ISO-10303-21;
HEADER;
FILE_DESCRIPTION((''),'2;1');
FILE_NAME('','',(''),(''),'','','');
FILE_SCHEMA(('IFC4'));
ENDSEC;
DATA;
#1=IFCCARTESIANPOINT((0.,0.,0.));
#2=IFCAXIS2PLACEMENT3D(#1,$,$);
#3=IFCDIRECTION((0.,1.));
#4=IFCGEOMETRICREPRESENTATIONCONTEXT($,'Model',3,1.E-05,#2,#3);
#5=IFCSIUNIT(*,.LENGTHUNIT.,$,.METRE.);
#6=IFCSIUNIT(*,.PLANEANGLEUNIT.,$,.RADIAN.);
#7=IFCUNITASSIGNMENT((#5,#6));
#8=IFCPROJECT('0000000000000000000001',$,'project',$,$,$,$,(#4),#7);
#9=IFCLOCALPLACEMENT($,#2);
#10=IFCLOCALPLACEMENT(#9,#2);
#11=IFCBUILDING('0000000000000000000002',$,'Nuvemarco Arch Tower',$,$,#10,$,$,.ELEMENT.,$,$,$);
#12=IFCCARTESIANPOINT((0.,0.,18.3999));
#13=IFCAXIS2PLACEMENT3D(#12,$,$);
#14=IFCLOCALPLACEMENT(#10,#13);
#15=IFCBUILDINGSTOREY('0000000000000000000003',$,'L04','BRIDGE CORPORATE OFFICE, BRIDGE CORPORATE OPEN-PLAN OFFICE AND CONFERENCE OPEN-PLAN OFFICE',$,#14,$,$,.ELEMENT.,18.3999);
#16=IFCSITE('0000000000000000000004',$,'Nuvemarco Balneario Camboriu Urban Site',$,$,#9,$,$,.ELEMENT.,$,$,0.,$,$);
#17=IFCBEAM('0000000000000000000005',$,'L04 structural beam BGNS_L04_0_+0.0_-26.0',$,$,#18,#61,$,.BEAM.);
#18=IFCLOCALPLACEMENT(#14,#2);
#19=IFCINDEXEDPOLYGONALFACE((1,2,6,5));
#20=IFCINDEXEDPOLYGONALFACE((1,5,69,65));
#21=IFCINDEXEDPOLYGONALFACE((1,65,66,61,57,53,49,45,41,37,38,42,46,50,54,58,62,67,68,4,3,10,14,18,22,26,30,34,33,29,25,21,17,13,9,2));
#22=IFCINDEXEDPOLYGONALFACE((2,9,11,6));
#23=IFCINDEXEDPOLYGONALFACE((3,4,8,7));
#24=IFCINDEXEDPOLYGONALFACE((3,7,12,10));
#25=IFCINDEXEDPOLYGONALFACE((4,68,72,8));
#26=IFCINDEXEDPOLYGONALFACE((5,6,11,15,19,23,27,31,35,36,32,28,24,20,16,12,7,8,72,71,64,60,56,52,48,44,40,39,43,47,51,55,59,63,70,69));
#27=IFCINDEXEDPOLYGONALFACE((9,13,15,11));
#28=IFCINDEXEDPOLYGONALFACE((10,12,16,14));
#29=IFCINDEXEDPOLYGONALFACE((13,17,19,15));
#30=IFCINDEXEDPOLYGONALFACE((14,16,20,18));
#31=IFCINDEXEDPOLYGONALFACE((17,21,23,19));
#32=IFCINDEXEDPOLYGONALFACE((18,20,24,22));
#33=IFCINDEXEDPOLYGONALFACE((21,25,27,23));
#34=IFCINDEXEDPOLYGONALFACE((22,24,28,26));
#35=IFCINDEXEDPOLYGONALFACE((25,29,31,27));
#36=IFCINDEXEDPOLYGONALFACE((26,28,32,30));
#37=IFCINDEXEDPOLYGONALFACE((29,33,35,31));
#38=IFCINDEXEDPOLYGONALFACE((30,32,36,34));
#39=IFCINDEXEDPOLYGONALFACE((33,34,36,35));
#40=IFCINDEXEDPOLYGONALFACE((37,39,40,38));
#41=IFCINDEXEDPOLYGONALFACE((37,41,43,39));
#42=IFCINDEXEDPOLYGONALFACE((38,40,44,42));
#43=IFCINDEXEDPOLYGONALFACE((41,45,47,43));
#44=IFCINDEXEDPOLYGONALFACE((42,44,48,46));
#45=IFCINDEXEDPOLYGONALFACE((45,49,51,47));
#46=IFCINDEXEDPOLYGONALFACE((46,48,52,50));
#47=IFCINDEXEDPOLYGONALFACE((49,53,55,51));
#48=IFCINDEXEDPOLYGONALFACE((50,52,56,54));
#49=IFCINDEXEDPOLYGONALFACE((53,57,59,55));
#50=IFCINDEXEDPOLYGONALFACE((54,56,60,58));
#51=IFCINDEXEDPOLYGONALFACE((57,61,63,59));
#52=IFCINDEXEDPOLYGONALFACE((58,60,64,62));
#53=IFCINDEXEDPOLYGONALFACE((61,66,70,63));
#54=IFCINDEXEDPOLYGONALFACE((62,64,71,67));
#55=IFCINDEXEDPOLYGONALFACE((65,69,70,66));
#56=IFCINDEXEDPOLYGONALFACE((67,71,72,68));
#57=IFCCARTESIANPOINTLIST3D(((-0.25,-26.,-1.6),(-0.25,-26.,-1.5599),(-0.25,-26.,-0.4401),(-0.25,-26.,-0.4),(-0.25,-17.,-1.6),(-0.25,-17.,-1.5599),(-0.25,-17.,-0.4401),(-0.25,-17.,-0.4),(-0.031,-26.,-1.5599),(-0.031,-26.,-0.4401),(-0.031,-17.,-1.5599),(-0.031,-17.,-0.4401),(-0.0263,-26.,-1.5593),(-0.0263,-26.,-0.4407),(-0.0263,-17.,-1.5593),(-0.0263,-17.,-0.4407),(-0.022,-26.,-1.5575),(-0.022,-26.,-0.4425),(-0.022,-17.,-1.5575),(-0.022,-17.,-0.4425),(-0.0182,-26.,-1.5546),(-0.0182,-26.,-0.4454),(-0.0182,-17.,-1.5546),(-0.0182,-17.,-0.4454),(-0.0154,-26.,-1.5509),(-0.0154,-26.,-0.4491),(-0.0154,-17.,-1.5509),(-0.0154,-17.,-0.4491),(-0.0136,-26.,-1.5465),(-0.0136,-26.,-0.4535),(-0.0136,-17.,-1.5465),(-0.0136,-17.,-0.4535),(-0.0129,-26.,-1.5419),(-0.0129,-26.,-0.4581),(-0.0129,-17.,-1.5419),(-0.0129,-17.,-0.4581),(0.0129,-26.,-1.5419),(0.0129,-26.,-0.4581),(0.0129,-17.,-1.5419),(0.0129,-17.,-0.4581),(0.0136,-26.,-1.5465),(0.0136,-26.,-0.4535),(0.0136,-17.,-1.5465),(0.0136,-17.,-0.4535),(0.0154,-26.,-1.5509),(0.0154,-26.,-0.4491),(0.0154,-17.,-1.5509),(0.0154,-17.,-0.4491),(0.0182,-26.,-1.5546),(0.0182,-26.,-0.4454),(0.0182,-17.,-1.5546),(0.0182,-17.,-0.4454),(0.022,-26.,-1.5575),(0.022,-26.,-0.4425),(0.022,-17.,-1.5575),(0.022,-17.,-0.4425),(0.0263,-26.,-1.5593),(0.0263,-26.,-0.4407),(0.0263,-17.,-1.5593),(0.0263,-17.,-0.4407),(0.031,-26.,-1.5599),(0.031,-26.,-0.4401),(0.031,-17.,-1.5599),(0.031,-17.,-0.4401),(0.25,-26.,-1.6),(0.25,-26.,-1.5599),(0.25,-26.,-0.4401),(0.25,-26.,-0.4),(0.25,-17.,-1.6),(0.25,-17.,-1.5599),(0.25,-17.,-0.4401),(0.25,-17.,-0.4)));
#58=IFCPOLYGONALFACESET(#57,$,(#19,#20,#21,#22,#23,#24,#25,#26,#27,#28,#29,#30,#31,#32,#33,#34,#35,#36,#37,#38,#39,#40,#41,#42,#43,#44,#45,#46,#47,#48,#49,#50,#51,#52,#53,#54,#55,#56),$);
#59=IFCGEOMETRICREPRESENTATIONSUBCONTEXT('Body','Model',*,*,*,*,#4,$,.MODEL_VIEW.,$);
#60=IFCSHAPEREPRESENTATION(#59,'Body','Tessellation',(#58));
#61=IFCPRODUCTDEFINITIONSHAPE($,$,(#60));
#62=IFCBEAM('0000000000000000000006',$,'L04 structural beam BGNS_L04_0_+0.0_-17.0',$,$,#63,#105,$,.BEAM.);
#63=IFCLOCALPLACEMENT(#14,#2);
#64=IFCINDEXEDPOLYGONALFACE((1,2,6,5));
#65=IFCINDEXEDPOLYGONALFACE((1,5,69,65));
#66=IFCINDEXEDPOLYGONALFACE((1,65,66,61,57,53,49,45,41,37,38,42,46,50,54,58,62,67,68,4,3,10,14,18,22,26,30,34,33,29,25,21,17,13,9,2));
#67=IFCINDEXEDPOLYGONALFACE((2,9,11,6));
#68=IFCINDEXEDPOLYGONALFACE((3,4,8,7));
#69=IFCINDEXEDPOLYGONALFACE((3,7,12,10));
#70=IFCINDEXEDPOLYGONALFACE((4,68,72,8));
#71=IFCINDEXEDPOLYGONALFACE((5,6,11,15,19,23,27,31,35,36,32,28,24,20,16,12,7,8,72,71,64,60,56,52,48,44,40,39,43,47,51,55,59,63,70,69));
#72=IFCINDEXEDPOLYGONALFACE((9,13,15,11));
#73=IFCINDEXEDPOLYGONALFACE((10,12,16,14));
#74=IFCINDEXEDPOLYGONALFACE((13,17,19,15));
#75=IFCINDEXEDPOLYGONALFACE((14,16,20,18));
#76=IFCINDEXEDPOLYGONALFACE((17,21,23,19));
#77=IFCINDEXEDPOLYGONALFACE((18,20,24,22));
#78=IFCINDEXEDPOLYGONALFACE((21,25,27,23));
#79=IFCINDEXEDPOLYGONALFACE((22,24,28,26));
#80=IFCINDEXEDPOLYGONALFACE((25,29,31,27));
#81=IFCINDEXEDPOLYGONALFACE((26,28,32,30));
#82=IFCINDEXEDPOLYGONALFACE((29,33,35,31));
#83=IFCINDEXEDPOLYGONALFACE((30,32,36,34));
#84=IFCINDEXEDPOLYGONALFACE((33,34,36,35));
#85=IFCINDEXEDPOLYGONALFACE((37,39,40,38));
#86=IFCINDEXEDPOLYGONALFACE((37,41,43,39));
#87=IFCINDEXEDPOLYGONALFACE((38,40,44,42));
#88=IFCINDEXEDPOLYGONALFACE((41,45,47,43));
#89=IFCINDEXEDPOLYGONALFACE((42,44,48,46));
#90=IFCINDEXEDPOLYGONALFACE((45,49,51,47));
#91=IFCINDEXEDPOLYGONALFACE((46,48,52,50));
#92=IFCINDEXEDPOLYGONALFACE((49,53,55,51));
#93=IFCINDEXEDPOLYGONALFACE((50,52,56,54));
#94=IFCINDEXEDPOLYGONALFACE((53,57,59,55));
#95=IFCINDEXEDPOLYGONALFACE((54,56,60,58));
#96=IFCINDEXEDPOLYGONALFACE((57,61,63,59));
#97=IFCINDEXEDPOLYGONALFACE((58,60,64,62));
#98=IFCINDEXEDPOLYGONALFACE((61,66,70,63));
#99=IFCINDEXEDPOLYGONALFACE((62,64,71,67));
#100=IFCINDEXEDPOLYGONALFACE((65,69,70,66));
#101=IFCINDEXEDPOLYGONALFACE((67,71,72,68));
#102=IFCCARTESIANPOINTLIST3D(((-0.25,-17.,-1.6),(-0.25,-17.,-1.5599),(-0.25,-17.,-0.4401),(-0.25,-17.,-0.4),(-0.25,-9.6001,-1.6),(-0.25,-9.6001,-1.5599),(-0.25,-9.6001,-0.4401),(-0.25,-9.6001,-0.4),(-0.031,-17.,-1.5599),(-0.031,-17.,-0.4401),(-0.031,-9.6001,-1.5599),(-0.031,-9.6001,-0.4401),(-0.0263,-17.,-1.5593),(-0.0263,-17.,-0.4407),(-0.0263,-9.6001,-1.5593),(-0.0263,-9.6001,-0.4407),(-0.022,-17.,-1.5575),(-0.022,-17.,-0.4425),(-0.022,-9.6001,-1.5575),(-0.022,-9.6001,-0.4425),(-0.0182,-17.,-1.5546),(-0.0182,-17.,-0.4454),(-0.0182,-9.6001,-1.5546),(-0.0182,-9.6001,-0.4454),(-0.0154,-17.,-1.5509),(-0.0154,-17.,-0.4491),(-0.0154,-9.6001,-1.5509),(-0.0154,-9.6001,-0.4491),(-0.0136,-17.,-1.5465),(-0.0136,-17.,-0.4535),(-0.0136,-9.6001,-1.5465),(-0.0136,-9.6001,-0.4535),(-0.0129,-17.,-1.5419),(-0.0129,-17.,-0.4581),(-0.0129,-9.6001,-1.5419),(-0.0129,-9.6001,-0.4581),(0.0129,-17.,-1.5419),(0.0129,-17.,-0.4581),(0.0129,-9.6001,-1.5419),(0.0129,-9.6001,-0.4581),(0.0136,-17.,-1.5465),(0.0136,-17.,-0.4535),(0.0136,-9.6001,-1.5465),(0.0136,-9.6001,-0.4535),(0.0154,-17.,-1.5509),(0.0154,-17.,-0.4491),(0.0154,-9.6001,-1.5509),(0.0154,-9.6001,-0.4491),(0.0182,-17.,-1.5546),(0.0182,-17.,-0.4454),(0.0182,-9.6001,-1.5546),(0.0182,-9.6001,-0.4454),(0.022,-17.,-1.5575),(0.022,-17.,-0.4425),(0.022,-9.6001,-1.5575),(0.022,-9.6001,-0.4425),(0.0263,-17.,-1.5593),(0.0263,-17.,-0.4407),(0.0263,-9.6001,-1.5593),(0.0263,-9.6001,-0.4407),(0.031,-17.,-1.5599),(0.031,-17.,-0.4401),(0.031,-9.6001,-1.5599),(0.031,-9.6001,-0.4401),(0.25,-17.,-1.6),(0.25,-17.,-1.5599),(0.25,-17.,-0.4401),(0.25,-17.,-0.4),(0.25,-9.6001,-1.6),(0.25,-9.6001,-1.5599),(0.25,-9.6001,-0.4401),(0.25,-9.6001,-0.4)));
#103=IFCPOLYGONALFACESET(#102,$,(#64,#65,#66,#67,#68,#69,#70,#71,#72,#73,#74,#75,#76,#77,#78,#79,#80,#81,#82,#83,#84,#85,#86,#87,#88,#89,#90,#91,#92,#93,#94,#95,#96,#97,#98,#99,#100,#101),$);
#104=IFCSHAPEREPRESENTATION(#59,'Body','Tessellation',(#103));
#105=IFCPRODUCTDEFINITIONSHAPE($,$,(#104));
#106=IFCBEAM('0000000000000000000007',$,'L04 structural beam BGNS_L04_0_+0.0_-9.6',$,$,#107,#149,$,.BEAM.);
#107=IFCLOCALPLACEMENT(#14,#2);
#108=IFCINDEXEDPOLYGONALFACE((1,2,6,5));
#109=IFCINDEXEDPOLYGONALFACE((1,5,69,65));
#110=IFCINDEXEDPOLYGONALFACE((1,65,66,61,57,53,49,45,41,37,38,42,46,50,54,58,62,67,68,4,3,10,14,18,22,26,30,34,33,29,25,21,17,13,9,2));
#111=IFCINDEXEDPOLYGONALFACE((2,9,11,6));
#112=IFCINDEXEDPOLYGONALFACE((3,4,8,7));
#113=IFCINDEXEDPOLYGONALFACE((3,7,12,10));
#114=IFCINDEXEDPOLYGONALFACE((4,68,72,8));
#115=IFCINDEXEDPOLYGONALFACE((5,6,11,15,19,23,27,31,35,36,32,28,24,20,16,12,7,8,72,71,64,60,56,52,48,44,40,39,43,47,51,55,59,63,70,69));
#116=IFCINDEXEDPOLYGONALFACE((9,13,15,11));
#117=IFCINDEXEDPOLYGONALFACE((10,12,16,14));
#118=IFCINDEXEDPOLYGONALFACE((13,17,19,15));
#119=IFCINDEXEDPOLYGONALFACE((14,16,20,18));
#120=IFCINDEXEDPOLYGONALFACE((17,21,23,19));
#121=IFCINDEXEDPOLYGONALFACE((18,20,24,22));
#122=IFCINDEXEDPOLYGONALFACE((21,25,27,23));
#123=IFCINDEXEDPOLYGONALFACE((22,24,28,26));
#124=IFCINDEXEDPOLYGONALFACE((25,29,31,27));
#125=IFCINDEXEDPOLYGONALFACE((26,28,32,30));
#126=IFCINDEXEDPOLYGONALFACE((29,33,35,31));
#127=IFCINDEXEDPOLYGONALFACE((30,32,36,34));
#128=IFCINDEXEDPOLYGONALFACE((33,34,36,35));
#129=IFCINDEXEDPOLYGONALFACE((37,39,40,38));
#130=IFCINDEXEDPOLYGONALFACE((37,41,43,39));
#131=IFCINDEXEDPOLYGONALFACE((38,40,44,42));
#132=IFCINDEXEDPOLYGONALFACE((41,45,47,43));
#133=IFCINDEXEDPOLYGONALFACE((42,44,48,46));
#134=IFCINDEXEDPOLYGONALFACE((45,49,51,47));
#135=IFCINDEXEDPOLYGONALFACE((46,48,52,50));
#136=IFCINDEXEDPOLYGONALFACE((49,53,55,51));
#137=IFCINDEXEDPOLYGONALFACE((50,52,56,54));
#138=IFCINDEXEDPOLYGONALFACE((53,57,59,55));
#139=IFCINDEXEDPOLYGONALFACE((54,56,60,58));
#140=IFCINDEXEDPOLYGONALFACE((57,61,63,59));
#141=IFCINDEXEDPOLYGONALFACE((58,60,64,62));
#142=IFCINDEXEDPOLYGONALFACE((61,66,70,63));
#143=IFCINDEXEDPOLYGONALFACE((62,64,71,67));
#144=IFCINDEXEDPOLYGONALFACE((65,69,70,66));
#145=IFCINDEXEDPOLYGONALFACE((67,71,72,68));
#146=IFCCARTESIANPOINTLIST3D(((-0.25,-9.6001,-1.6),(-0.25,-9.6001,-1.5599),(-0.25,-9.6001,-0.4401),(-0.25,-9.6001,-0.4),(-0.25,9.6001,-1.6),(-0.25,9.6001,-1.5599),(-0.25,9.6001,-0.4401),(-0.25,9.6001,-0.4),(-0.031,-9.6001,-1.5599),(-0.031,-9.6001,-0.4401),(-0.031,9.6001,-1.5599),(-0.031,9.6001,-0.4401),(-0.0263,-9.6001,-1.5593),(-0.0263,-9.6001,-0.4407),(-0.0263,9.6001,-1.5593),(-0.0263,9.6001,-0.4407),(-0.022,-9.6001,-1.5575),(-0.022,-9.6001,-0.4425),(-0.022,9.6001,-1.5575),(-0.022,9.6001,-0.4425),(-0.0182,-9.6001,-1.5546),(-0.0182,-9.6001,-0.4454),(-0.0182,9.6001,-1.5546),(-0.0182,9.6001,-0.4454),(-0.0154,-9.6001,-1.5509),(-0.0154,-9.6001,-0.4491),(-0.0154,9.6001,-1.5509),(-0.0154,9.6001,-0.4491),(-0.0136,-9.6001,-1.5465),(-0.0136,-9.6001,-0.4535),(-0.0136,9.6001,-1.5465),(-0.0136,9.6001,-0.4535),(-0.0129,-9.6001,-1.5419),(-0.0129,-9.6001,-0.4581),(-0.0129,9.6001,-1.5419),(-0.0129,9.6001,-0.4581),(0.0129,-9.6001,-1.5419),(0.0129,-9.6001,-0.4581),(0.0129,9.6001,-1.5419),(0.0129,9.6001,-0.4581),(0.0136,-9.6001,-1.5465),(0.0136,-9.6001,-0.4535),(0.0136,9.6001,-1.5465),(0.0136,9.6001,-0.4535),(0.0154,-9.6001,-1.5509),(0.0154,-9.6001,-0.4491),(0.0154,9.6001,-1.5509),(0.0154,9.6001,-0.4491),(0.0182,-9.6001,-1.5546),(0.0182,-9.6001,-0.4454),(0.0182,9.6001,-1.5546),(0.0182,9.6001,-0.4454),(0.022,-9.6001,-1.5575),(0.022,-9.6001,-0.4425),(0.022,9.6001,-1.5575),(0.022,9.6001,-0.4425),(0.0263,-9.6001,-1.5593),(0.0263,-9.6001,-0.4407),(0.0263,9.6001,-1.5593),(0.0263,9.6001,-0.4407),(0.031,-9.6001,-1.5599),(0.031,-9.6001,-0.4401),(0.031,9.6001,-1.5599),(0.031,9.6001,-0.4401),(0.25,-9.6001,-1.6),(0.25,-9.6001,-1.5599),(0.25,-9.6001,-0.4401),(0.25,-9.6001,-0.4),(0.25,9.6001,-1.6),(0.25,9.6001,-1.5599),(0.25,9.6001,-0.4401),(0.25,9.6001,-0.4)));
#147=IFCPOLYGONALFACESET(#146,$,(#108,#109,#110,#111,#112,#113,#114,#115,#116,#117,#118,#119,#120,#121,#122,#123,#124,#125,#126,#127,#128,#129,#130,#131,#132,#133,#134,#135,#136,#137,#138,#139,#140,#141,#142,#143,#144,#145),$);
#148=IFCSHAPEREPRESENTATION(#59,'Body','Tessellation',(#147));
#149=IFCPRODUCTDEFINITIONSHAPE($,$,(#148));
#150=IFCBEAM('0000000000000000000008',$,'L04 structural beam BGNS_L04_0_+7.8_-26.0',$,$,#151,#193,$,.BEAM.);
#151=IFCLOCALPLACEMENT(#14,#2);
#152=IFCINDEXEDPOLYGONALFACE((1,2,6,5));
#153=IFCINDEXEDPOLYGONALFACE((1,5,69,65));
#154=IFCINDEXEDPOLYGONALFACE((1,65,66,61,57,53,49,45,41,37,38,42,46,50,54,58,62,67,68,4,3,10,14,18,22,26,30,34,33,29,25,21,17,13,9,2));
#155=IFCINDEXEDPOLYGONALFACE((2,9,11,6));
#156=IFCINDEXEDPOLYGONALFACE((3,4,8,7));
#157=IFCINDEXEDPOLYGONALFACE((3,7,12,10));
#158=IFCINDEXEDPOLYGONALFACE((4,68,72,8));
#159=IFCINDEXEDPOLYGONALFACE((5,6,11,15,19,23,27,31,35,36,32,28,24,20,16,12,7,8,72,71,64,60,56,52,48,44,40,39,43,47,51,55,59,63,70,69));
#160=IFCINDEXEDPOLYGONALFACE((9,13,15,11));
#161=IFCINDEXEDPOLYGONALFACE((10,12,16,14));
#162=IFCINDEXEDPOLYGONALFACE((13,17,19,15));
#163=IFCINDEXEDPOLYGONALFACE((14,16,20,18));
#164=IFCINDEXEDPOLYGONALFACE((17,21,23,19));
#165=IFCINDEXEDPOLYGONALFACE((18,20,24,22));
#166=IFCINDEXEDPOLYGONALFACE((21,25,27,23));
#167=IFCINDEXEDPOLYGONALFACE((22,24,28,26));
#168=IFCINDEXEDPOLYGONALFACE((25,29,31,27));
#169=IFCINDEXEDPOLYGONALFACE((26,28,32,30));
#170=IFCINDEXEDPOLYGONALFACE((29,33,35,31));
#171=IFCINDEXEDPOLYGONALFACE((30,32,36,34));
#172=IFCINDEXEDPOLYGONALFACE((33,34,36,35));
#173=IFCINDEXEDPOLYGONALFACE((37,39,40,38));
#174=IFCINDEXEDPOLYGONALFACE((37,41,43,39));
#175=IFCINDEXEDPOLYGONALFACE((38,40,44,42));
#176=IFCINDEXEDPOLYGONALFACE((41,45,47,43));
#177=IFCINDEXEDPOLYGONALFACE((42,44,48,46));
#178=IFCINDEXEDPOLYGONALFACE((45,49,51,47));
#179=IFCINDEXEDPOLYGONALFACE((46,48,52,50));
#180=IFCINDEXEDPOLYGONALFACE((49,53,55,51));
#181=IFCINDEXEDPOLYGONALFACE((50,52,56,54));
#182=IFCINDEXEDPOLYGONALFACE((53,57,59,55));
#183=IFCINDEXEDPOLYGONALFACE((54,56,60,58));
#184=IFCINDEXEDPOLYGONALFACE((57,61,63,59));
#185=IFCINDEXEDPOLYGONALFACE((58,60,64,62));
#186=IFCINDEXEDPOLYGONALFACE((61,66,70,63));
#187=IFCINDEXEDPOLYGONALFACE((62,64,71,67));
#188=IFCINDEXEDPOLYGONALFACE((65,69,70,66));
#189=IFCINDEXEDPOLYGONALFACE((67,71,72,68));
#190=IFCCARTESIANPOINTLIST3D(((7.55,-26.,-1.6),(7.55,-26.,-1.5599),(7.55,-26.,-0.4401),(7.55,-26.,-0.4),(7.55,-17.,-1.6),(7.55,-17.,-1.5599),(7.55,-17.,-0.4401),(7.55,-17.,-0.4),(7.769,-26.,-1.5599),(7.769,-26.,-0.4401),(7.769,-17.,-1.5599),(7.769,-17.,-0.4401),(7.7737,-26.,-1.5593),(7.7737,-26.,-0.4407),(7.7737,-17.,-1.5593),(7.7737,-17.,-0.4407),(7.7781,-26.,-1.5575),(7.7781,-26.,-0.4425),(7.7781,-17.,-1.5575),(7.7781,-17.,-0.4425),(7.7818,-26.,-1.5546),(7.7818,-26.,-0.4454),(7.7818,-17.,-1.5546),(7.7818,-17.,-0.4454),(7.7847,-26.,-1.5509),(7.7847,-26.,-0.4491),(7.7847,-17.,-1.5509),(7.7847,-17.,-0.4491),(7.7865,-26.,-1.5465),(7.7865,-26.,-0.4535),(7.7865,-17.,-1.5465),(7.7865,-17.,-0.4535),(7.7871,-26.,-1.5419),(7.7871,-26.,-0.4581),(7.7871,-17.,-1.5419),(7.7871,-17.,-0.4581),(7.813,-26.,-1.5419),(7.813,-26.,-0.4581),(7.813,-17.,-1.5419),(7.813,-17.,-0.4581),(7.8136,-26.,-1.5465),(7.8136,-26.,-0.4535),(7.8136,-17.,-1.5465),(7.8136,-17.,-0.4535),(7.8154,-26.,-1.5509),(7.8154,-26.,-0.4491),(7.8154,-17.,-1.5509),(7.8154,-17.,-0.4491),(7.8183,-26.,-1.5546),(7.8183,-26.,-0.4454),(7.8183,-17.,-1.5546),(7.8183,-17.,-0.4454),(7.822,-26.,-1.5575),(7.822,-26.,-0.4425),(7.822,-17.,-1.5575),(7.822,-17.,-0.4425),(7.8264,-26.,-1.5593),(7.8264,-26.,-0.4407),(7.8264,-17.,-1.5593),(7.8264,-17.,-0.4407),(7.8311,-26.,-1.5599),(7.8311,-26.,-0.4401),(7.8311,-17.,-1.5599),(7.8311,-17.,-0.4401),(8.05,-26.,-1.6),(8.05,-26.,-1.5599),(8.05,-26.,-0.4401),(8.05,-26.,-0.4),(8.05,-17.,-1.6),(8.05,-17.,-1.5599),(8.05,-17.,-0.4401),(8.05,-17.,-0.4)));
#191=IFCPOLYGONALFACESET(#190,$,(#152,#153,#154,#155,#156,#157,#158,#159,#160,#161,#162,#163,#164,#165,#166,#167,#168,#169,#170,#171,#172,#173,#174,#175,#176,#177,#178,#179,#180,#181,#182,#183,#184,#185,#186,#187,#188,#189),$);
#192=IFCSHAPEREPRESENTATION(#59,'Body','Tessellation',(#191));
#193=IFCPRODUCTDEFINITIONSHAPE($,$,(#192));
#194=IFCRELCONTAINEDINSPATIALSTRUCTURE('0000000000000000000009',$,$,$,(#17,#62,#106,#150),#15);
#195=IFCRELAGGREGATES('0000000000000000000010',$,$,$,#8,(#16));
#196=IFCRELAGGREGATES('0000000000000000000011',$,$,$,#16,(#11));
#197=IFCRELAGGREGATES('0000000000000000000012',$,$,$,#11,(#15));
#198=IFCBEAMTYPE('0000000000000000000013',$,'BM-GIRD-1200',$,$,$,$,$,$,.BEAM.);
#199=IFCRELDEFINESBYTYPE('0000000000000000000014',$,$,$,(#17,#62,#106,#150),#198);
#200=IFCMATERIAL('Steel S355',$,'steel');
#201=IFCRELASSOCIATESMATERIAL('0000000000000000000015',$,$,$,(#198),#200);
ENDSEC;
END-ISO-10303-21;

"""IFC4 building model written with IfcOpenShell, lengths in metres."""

from ifc_helpers import new_model, si_unit, direction, frame, origin, origin_2d, place, context, subcontext, project, spatial, i_section, extrude, material, material_profile, profile_set, type_object, element, save


model = new_model("IFC4")

# Units and contexts
model_context = context("Model", 3, precision=1e-05, world=origin(), true_north=direction((0.0, 1.0)))
body_context = subcontext(model_context, "Body", "Model", "MODEL_VIEW")
ifc_project = project(units=[si_unit("LENGTHUNIT", "METRE"), si_unit("PLANEANGLEUNIT", "RADIAN")], contexts=[model_context])

# Site, building, storey
site_placement = place(None, origin())
site = spatial("IfcSite", under=ifc_project, at=site_placement, Name="Nuvemarco Balneario Camboriu Urban Site", CompositionType="ELEMENT", RefElevation=0.0)
building_placement = place(site_placement, origin())
building = spatial("IfcBuilding", under=site, at=building_placement, Name="Nuvemarco Arch Tower", CompositionType="ELEMENT")
storey_placement = place(building_placement, frame((0.0, 0.0, 18.3999)))
storey = spatial("IfcBuildingStorey", under=building, at=storey_placement, Name="L04", Description="BRIDGE CORPORATE OFFICE, BRIDGE CORPORATE OPEN-PLAN OFFICE AND CONFERENCE OPEN-PLAN OFFICE", CompositionType="ELEMENT", Elevation=18.3999)

# Shared definitions
ifc_material_1 = material(Name="Steel S355", Category="steel")

# Beams
ifc_material_profile_1 = material_profile(ifc_material_1, i_section(OverallWidth=0.5, OverallDepth=1.2, WebThickness=0.0259, FlangeThickness=0.04, FilletRadius=0.0181, at=origin_2d()), Name="PG1200x500")
ifc_profile_set_1 = profile_set([ifc_material_profile_1], Name="Steel S355")
beam_type_1 = type_object("IfcBeamType", Name="BM-GIRD-1200", PredefinedType="BEAM", material=ifc_profile_set_1)
beam_1_placement = place(storey_placement, frame((0.0, -26.0, -1.0), z_axis=(0.0, 1.0, 0.0), x_axis=(-1.0, 0.0, 0.0)))
element("IfcBeam", 1, at=beam_1_placement, inside=storey, type_object=beam_type_1, Name="L04 structural beam BGNS_L04_0_+0.0_-26.0", PredefinedType="BEAM", context=body_context, shape_type="SweptSolid", body=[
    extrude(i_section(OverallWidth=0.5, OverallDepth=1.2, WebThickness=0.0259, FlangeThickness=0.04, FilletRadius=0.0181, at=origin_2d()), origin(), (0.0, 0.0, 1.0), 9.0),
])
beam_2_placement = place(storey_placement, frame((0.0, -17.0, -1.0), z_axis=(0.0, 1.0, 0.0), x_axis=(-1.0, 0.0, 0.0)))
element("IfcBeam", 2, at=beam_2_placement, inside=storey, type_object=beam_type_1, Name="L04 structural beam BGNS_L04_0_+0.0_-17.0", PredefinedType="BEAM", context=body_context, shape_type="SweptSolid", body=[
    extrude(i_section(OverallWidth=0.5, OverallDepth=1.2, WebThickness=0.0259, FlangeThickness=0.04, FilletRadius=0.0181, at=origin_2d()), origin(), (0.0, 0.0, 1.0), 7.3999),
])
beam_3_placement = place(storey_placement, frame((0.0, -9.6001, -1.0), z_axis=(0.0, 1.0, 0.0), x_axis=(-1.0, 0.0, 0.0)))
element("IfcBeam", 3, at=beam_3_placement, inside=storey, type_object=beam_type_1, Name="L04 structural beam BGNS_L04_0_+0.0_-9.6", PredefinedType="BEAM", context=body_context, shape_type="SweptSolid", body=[
    extrude(i_section(OverallWidth=0.5, OverallDepth=1.2, WebThickness=0.0259, FlangeThickness=0.04, FilletRadius=0.0181, at=origin_2d()), origin(), (0.0, 0.0, 1.0), 19.2002),
])
beam_4_placement = place(storey_placement, frame((7.8, -26.0, -1.0), z_axis=(0.0, 1.0, 0.0), x_axis=(-1.0, 0.0, 0.0)))
element("IfcBeam", 4, at=beam_4_placement, inside=storey, type_object=beam_type_1, Name="L04 structural beam BGNS_L04_0_+7.8_-26.0", PredefinedType="BEAM", context=body_context, shape_type="SweptSolid", body=[
    extrude(i_section(OverallWidth=0.5, OverallDepth=1.2, WebThickness=0.0259, FlangeThickness=0.04, FilletRadius=0.0181, at=origin_2d()), origin(), (0.0, 0.0, 1.0), 9.0),
])

save(model, "model.ifc")
